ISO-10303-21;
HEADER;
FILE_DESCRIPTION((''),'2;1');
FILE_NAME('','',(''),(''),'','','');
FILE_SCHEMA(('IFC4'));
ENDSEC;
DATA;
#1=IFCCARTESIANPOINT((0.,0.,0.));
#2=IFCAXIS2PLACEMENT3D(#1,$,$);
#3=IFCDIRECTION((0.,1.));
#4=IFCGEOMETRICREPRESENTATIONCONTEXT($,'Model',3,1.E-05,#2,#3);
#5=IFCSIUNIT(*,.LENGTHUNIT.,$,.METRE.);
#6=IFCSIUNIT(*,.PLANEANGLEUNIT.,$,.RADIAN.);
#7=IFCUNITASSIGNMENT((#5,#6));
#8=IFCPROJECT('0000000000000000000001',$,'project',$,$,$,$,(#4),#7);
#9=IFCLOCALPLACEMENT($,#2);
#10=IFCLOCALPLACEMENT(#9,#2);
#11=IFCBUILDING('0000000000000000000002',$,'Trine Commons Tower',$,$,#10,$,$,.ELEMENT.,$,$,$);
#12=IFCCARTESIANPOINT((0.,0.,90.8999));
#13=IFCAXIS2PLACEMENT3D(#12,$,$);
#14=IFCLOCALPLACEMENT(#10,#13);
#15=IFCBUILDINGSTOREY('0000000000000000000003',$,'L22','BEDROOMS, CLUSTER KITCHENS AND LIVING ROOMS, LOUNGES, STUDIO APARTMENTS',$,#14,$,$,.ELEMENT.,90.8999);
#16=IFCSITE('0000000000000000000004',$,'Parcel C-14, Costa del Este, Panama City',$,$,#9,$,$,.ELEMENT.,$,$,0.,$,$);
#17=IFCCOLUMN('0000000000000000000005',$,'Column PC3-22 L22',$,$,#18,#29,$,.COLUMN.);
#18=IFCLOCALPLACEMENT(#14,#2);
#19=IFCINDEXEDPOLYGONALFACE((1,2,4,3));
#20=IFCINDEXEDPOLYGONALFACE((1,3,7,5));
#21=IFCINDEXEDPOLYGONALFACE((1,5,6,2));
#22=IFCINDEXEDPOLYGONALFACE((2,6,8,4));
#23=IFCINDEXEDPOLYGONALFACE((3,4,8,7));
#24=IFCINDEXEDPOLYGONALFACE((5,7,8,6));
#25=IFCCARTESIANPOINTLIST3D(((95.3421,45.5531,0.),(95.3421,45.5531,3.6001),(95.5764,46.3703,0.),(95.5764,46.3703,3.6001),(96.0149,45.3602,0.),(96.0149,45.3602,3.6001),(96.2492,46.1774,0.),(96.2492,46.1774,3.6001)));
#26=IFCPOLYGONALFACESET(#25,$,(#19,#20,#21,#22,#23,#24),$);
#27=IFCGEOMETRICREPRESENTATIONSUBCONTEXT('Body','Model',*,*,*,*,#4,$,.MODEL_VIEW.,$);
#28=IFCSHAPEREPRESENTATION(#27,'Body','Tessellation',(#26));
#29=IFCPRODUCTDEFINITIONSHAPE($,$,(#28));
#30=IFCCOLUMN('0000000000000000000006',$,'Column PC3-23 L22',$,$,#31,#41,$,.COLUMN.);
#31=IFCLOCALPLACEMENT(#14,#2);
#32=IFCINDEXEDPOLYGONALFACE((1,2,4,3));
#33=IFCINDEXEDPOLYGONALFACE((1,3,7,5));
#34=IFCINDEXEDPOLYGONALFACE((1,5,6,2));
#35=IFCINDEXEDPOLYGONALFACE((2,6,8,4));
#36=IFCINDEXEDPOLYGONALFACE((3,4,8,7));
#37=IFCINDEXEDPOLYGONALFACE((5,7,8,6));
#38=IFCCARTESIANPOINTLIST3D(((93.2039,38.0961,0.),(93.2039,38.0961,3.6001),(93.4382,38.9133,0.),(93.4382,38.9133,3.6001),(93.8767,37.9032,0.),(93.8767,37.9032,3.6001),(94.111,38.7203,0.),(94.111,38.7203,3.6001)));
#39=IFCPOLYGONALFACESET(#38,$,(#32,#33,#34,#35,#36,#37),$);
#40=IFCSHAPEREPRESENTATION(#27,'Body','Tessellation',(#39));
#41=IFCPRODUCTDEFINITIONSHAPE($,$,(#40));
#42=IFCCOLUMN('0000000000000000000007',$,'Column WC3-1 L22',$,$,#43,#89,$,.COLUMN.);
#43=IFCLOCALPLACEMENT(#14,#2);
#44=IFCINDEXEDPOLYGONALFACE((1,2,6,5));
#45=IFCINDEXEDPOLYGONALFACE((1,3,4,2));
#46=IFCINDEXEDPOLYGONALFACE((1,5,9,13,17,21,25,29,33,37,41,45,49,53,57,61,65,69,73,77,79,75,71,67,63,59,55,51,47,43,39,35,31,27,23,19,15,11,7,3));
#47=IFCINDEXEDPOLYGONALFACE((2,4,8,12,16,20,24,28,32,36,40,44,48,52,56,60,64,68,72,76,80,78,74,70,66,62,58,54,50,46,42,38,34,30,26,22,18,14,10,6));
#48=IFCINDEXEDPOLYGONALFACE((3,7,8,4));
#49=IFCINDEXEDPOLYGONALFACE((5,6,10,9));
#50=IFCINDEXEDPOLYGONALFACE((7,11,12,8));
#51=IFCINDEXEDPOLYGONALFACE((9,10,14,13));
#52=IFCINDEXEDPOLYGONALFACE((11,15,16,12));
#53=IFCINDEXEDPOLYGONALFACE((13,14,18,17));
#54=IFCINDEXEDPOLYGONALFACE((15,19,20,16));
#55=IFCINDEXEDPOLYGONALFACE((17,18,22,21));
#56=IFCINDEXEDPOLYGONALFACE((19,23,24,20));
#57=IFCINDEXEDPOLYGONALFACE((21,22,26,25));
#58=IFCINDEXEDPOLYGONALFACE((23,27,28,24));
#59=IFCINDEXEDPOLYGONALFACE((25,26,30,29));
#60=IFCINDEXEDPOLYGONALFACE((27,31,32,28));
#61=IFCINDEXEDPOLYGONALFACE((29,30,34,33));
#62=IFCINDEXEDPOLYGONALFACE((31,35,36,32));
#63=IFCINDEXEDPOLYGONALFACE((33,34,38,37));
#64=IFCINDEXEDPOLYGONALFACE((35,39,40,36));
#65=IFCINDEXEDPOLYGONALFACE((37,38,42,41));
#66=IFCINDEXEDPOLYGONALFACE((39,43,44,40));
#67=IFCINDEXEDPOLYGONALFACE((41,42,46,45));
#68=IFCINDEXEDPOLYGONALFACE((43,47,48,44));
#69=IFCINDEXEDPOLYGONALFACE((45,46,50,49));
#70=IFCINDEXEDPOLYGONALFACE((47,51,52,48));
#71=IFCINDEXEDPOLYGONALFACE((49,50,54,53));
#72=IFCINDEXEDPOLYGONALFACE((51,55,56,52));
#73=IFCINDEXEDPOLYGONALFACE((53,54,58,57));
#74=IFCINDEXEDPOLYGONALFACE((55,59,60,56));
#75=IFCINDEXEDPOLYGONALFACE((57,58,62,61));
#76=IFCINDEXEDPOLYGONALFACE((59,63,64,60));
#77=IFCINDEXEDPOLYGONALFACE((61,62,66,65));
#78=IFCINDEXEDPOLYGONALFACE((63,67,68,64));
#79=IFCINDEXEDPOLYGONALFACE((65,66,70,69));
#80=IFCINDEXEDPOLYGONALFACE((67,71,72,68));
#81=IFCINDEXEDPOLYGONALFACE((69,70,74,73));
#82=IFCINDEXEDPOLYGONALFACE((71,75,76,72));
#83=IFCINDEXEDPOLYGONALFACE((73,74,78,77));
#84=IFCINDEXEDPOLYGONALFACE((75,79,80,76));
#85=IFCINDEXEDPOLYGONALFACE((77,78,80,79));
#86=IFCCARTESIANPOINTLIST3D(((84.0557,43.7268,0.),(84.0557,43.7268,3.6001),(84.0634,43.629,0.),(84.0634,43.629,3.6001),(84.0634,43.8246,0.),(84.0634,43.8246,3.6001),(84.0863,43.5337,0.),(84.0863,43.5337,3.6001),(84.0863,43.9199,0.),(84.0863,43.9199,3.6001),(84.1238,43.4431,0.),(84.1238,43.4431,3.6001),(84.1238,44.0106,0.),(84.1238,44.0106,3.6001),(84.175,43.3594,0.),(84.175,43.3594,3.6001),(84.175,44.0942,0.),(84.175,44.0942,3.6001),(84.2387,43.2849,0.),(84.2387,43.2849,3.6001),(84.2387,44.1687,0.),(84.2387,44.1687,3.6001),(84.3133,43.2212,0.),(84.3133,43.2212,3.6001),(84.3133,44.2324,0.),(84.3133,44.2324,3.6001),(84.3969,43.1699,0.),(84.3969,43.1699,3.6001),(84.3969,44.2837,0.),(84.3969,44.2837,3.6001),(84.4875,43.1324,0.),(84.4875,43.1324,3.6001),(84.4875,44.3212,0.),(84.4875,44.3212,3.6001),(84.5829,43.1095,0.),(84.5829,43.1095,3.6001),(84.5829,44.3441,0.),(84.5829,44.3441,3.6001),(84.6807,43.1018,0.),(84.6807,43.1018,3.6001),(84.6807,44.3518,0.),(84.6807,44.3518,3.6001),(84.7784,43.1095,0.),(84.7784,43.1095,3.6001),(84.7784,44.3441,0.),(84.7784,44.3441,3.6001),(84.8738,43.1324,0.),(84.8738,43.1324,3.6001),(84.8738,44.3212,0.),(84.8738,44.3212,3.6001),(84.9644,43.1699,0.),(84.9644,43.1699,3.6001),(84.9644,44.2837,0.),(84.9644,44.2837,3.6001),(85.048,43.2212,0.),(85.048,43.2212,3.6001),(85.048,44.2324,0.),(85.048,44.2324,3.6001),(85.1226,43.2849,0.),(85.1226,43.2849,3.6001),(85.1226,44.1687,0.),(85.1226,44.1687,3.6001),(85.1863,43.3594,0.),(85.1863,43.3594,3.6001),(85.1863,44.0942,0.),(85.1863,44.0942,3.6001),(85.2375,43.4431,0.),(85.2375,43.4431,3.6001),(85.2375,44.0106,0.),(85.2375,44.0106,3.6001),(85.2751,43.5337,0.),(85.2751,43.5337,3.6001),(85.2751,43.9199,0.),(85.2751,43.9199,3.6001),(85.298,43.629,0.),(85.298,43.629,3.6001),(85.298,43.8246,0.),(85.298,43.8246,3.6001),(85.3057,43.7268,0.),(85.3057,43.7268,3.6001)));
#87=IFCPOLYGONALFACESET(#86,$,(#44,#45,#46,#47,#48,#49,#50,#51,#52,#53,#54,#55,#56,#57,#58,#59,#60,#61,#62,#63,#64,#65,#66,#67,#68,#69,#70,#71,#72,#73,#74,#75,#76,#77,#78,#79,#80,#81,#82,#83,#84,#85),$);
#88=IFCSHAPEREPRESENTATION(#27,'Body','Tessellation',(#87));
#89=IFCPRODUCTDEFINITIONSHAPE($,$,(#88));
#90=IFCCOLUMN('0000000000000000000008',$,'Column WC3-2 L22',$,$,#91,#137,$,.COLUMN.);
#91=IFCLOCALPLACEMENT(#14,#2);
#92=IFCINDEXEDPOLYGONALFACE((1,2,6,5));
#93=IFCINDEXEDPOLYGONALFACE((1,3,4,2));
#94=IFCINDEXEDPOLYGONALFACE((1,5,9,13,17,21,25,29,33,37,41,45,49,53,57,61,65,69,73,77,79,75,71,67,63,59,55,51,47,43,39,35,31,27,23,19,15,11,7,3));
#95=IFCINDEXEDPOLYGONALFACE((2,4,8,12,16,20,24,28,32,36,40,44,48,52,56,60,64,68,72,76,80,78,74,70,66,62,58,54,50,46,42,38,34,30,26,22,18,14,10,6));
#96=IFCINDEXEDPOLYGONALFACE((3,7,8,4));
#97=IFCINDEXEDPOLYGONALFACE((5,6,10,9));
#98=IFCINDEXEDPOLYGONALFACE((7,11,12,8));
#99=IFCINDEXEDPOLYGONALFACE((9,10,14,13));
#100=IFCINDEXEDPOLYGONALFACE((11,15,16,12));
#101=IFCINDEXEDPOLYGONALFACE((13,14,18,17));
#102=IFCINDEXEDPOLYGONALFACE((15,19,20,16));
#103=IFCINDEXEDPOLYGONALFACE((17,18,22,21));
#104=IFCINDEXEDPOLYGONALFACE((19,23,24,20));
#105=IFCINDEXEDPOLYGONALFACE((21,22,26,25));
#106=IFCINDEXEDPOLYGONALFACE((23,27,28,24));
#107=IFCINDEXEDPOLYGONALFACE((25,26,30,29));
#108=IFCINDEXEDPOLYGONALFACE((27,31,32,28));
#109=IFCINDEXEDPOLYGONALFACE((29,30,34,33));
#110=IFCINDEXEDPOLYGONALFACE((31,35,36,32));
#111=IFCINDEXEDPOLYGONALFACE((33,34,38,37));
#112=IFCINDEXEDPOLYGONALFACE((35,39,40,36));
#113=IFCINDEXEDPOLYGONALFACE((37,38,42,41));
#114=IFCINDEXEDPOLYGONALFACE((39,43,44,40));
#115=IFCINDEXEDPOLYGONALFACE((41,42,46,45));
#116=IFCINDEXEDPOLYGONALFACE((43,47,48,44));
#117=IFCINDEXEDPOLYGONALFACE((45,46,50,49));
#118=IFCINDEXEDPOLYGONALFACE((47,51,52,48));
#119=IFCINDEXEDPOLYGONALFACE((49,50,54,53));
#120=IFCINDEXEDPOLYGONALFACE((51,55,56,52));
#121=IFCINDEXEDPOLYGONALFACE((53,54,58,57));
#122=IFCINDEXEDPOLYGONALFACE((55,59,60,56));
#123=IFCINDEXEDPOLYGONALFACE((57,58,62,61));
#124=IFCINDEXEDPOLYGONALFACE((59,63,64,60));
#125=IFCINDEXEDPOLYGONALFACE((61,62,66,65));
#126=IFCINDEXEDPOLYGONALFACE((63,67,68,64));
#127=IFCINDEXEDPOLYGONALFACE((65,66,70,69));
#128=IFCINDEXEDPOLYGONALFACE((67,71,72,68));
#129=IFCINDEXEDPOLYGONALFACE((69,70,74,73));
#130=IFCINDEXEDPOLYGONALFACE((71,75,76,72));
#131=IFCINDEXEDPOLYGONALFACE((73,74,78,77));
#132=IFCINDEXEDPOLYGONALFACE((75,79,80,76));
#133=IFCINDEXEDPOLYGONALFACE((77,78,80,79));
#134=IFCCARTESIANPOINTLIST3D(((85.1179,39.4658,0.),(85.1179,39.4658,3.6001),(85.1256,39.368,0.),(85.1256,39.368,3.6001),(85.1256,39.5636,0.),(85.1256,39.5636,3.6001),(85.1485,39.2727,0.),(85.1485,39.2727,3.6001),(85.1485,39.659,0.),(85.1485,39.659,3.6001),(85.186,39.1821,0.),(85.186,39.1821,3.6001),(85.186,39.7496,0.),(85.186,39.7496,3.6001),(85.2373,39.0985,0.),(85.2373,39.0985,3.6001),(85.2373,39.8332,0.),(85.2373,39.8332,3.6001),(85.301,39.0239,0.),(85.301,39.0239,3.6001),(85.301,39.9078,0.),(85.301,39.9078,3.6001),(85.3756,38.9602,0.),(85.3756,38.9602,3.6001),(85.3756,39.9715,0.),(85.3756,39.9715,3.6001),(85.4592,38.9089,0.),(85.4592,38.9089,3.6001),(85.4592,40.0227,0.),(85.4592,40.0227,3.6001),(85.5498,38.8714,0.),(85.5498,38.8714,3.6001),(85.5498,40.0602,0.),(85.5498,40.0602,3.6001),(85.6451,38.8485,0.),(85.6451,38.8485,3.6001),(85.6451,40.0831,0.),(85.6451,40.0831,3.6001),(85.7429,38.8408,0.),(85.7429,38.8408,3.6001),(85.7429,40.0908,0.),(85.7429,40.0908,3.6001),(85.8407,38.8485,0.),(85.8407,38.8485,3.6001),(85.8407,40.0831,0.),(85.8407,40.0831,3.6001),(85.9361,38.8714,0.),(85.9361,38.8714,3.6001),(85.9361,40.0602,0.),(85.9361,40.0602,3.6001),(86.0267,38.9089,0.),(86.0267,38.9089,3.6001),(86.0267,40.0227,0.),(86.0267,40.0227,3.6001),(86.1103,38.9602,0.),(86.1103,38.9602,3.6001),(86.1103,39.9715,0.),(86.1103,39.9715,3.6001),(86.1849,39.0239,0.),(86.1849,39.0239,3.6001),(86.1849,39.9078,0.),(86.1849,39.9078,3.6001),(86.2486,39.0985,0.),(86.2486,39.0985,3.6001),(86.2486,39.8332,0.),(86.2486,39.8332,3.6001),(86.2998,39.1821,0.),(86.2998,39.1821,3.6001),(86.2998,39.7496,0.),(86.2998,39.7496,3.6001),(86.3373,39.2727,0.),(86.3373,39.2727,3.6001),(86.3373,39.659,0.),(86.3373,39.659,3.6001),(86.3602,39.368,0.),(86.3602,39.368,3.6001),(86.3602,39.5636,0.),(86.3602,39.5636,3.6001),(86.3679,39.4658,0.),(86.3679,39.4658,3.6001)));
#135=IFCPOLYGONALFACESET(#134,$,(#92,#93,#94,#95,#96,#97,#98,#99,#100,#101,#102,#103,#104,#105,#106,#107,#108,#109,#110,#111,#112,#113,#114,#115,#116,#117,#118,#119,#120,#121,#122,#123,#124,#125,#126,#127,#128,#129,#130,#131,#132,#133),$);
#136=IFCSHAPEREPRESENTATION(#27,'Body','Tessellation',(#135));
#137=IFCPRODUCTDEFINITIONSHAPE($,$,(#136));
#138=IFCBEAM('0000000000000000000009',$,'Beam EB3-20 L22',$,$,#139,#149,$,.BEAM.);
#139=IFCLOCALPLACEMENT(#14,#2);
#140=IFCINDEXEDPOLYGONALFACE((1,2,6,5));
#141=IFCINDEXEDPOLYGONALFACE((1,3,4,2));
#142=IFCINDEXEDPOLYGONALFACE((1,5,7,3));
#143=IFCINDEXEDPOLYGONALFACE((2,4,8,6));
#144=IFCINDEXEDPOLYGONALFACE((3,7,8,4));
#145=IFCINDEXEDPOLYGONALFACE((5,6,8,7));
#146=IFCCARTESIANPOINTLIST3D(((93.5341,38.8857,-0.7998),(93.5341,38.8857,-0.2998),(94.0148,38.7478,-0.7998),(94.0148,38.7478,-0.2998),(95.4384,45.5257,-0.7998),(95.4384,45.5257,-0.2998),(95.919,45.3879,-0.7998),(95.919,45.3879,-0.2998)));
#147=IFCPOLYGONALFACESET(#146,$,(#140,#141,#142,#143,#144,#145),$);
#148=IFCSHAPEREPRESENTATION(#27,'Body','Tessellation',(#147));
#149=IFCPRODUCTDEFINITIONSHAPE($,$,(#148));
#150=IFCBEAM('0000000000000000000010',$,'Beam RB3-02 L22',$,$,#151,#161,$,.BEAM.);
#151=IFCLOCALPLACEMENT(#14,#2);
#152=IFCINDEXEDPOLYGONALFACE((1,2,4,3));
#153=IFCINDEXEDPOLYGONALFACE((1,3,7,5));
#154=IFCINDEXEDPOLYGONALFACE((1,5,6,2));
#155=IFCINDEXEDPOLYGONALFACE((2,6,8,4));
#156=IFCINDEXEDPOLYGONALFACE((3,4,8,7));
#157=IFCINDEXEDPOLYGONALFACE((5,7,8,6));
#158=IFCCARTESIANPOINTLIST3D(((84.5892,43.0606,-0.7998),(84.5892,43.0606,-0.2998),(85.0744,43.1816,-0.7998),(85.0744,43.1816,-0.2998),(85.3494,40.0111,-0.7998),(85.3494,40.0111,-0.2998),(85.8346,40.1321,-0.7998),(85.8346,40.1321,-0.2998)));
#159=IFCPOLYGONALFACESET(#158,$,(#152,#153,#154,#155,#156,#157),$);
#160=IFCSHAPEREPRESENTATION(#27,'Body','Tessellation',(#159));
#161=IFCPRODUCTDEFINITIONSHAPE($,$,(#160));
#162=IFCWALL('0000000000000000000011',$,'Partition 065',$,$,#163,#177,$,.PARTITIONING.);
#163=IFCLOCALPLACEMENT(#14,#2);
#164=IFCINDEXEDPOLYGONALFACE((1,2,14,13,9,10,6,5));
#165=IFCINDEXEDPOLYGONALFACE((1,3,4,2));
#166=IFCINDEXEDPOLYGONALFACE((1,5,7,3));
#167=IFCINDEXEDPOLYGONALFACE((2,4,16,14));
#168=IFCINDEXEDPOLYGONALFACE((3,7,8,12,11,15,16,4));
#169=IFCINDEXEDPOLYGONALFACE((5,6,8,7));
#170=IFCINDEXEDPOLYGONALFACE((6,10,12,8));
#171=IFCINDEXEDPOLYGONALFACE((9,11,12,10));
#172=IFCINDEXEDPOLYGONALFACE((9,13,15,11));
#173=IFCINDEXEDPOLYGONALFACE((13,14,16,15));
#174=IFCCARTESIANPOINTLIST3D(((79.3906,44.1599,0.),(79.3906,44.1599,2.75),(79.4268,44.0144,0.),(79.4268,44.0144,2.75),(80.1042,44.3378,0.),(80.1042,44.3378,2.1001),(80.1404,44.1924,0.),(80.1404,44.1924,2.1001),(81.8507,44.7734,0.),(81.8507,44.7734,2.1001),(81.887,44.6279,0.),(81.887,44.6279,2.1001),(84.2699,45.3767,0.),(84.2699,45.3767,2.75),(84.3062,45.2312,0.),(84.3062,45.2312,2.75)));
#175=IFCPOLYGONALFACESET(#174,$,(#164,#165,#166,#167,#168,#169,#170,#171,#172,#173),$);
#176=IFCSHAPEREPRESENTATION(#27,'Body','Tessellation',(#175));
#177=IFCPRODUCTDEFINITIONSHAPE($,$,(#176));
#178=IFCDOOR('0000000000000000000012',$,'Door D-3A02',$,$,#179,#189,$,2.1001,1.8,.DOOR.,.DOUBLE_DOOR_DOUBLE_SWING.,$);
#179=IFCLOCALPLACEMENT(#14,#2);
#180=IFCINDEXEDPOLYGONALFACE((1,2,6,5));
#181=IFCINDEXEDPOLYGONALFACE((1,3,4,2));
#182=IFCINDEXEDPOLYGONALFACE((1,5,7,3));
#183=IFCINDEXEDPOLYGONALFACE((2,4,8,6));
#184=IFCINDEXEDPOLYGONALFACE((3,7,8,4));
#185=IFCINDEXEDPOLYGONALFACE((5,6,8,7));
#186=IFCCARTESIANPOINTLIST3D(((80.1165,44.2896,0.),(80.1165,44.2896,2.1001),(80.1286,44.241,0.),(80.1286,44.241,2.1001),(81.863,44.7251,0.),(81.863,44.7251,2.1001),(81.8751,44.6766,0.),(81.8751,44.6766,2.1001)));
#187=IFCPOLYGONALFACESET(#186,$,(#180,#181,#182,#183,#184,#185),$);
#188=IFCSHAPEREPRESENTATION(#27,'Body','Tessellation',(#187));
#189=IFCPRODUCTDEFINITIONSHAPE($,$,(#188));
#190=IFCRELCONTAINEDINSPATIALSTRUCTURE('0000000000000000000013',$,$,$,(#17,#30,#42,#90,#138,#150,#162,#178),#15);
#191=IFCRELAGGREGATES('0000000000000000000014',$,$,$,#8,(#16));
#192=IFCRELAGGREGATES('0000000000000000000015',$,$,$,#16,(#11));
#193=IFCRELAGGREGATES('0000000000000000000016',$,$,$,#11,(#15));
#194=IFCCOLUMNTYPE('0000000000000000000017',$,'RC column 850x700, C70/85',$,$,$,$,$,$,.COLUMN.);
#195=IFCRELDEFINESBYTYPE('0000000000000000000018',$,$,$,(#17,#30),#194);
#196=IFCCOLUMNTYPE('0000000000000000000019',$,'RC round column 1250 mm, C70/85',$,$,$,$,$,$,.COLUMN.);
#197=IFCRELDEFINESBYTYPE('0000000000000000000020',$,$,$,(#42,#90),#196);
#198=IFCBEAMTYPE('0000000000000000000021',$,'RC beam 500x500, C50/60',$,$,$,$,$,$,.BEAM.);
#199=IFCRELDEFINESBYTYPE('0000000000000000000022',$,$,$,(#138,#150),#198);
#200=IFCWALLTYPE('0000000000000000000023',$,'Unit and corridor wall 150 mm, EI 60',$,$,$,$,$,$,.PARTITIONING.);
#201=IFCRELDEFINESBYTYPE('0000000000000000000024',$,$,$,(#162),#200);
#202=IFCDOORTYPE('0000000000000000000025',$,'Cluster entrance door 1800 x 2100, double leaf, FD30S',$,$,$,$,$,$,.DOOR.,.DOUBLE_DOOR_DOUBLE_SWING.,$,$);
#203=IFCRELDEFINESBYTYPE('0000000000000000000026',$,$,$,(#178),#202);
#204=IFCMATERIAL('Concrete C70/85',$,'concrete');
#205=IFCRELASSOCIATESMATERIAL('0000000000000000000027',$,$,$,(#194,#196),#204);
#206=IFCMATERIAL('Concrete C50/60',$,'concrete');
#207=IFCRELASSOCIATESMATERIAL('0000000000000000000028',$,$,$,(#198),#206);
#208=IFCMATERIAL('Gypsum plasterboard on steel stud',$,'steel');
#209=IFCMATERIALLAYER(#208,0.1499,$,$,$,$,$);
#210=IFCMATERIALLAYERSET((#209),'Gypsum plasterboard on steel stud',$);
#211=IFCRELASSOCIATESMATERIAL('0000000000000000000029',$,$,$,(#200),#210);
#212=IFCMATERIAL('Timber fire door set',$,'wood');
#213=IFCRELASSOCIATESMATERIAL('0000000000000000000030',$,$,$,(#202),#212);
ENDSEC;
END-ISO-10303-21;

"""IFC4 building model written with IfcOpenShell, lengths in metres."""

from ifc_helpers import new_model, si_unit, direction, frame, frame_2d, origin, origin_2d, place, context, subcontext, project, spatial, rectangle, circle, extrude, material, layer, layer_set, material_profile, profile_set, type_object, element, fill, save


model = new_model("IFC4")

# Units and contexts
model_context = context("Model", 3, precision=1e-05, world=origin(), true_north=direction((0.0, 1.0)))
body_context = subcontext(model_context, "Body", "Model", "MODEL_VIEW")
ifc_project = project(units=[si_unit("LENGTHUNIT", "METRE"), si_unit("PLANEANGLEUNIT", "RADIAN")], contexts=[model_context])

# Site, building, storey
site_placement = place(None, origin())
site = spatial("IfcSite", under=ifc_project, at=site_placement, Name="Parcel C-14, Costa del Este, Panama City", CompositionType="ELEMENT", RefElevation=0.0)
building_placement = place(site_placement, origin())
building = spatial("IfcBuilding", under=site, at=building_placement, Name="Trine Commons Tower", CompositionType="ELEMENT")
storey_placement = place(building_placement, frame((0.0, 0.0, 90.8999)))
storey = spatial("IfcBuildingStorey", under=building, at=storey_placement, Name="L22", Description="BEDROOMS, CLUSTER KITCHENS AND LIVING ROOMS, LOUNGES, STUDIO APARTMENTS", CompositionType="ELEMENT", Elevation=90.8999)

# Columns
ifc_material_1 = material(Name="Concrete C70/85", Category="concrete")
ifc_material_profile_1 = material_profile(ifc_material_1, rectangle(XDim=0.8501, YDim=0.7, at=origin_2d()), Name="RC 850x700")
ifc_profile_set_1 = profile_set([ifc_material_profile_1], Name="Concrete C70/85")
column_type_1 = type_object("IfcColumnType", Name="RC column 850x700, C70/85", PredefinedType="COLUMN", material=ifc_profile_set_1)
for number, where, z_axis, x_axis, name in (
    (1, (95.7957, 45.8652, 0.0), (0.0, 0.0, 1.0), (0.275637, 0.961262, 0.0), "Column PC3-22 L22"),
    (2, (93.6575, 38.4082, 0.0), (0.0, 0.0, 1.0), (0.275637, 0.961262, 0.0), "Column PC3-23 L22"),
):
    element("IfcColumn", number, at=place(storey_placement, frame(where, z_axis=z_axis, x_axis=x_axis)), inside=storey, type_object=column_type_1, Name=name, PredefinedType="COLUMN", context=body_context, shape_type="SweptSolid", body=[
        extrude(rectangle(XDim=0.8501, YDim=0.7, at=origin_2d()), origin(), (0.0, 0.0, 1.0), 3.6001),
    ])
ifc_material_profile_2 = material_profile(ifc_material_1, circle(Radius=0.625, at=origin_2d()), Name="RC round 1250")
ifc_profile_set_2 = profile_set([ifc_material_profile_2], Name="Concrete C70/85")
column_type_2 = type_object("IfcColumnType", Name="RC round column 1250 mm, C70/85", PredefinedType="COLUMN", material=ifc_profile_set_2)
for number, where, z_axis, x_axis, name in (
    (3, (84.6807, 43.7268, 0.0), (0.0, 0.0, 1.0), (1.0, 0.0, 0.0), "Column WC3-1 L22"),
    (4, (85.7429, 39.4658, 0.0), (0.0, 0.0, 1.0), (1.0, 0.0, 0.0), "Column WC3-2 L22"),
):
    element("IfcColumn", number, at=place(storey_placement, frame(where, z_axis=z_axis, x_axis=x_axis)), inside=storey, type_object=column_type_2, Name=name, PredefinedType="COLUMN", context=body_context, shape_type="SweptSolid", body=[
        extrude(circle(Radius=0.625, at=origin_2d()), origin(), (0.0, 0.0, 1.0), 3.6001),
    ])

# Beams
ifc_material_2 = material(Name="Concrete C50/60", Category="concrete")
ifc_material_profile_3 = material_profile(ifc_material_2, rectangle(XDim=0.5, YDim=0.5, at=origin_2d()), Name="RC 500x500")
ifc_profile_set_3 = profile_set([ifc_material_profile_3], Name="Concrete C50/60")
beam_type = type_object("IfcBeamType", Name="RC beam 500x500, C50/60", PredefinedType="BEAM", material=ifc_profile_set_3)
beam_1_placement = place(storey_placement, frame((95.6787, 45.4568, -0.5498), z_axis=(-0.275673, -0.961251, 0.0), x_axis=(0.961251, -0.275673, 0.0)))
element("IfcBeam", 5, at=beam_1_placement, inside=storey, type_object=beam_type, Name="Beam EB3-20 L22", PredefinedType="BEAM", context=body_context, shape_type="SweptSolid", body=[
    extrude(rectangle(XDim=0.5, YDim=0.5, at=origin_2d()), origin(), (0.0, 0.0, 1.0), 6.9077),
])
beam_2_placement = place(storey_placement, frame((84.8318, 43.1211, -0.5498), z_axis=(0.241896, -0.970302, 0.0), x_axis=(0.970302, 0.241896, 0.0)))
element("IfcBeam", 6, at=beam_2_placement, inside=storey, type_object=beam_type, Name="Beam RB3-02 L22", PredefinedType="BEAM", context=body_context, shape_type="SweptSolid", body=[
    extrude(rectangle(XDim=0.5, YDim=0.5, at=origin_2d()), origin(), (0.0, 0.0, 1.0), 3.1428),
])

# Wall, opening, door
ifc_material_3 = material(Name="Gypsum plasterboard on steel stud", Category="steel")
ifc_layer_1 = layer(ifc_material_3, 0.1499)
ifc_layer_set_1 = layer_set([ifc_layer_1], Name="Gypsum plasterboard on steel stud")
wall_type_1 = type_object("IfcWallType", Name="Unit and corridor wall 150 mm, EI 60", PredefinedType="PARTITIONING", material=ifc_layer_set_1)
wall_1_placement = place(storey_placement, frame((79.4087, 44.0872, 0.0), z_axis=(0.0, 0.0, 1.0), x_axis=(0.970285, 0.241964, 0.0)))
wall_1 = element("IfcWall", 7, at=wall_1_placement, inside=storey, type_object=wall_type_1, Name="Partition 065", PredefinedType="PARTITIONING", context=body_context, shape_type="SweptSolid", body=[
    extrude(rectangle(XDim=5.0288, YDim=0.1499, at=frame_2d((2.5144, 0.0))), origin(), (0.0, 0.0, 1.0), 2.75),
])
opening_1_placement = place(wall_1_placement, frame((0.7356, 0.0, 0.0)))
opening_1 = element("IfcOpeningElement", 8, at=opening_1_placement, cuts=wall_1, PredefinedType="OPENING", context=body_context, shape_type="SweptSolid", body=[
    extrude(rectangle(XDim=1.8, YDim=2.1001, at=frame_2d((0.8999, 1.05))), frame((0.0, 0.085, 0.0), z_axis=(0.0, -1.0, 0.0), x_axis=(1.0, 0.0, 0.0)), (0.0, 0.0, 1.0), 0.1699),
])
ifc_material_4 = material(Name="Timber fire door set", Category="wood")
door_type_1 = type_object("IfcDoorType", Name="Cluster entrance door 1800 x 2100, double leaf, FD30S", OperationType="DOUBLE_DOOR_DOUBLE_SWING", PredefinedType="DOOR", material=ifc_material_4)
door_1_placement = place(opening_1_placement, frame((1.8, 0.0, 0.0), z_axis=(0.0, 0.0, 1.0), x_axis=(-1.0, 0.0, 0.0)))
door_1 = element("IfcDoor", 9, at=door_1_placement, inside=storey, type_object=door_type_1, Name="Door D-3A02", OperationType="DOUBLE_DOOR_DOUBLE_SWING", OverallHeight=2.1001, OverallWidth=1.8, PredefinedType="DOOR", context=body_context, shape_type="SweptSolid", body=[
    extrude(rectangle(XDim=1.8, YDim=2.1001, at=frame_2d((0.8999, 1.05))), frame((0.0, 0.0249, 0.0), z_axis=(0.0, -1.0, 0.0), x_axis=(1.0, 0.0, 0.0)), (0.0, 0.0, 1.0), 0.05),
])
fill(opening_1, door_1)

save(model, "model.ifc")
